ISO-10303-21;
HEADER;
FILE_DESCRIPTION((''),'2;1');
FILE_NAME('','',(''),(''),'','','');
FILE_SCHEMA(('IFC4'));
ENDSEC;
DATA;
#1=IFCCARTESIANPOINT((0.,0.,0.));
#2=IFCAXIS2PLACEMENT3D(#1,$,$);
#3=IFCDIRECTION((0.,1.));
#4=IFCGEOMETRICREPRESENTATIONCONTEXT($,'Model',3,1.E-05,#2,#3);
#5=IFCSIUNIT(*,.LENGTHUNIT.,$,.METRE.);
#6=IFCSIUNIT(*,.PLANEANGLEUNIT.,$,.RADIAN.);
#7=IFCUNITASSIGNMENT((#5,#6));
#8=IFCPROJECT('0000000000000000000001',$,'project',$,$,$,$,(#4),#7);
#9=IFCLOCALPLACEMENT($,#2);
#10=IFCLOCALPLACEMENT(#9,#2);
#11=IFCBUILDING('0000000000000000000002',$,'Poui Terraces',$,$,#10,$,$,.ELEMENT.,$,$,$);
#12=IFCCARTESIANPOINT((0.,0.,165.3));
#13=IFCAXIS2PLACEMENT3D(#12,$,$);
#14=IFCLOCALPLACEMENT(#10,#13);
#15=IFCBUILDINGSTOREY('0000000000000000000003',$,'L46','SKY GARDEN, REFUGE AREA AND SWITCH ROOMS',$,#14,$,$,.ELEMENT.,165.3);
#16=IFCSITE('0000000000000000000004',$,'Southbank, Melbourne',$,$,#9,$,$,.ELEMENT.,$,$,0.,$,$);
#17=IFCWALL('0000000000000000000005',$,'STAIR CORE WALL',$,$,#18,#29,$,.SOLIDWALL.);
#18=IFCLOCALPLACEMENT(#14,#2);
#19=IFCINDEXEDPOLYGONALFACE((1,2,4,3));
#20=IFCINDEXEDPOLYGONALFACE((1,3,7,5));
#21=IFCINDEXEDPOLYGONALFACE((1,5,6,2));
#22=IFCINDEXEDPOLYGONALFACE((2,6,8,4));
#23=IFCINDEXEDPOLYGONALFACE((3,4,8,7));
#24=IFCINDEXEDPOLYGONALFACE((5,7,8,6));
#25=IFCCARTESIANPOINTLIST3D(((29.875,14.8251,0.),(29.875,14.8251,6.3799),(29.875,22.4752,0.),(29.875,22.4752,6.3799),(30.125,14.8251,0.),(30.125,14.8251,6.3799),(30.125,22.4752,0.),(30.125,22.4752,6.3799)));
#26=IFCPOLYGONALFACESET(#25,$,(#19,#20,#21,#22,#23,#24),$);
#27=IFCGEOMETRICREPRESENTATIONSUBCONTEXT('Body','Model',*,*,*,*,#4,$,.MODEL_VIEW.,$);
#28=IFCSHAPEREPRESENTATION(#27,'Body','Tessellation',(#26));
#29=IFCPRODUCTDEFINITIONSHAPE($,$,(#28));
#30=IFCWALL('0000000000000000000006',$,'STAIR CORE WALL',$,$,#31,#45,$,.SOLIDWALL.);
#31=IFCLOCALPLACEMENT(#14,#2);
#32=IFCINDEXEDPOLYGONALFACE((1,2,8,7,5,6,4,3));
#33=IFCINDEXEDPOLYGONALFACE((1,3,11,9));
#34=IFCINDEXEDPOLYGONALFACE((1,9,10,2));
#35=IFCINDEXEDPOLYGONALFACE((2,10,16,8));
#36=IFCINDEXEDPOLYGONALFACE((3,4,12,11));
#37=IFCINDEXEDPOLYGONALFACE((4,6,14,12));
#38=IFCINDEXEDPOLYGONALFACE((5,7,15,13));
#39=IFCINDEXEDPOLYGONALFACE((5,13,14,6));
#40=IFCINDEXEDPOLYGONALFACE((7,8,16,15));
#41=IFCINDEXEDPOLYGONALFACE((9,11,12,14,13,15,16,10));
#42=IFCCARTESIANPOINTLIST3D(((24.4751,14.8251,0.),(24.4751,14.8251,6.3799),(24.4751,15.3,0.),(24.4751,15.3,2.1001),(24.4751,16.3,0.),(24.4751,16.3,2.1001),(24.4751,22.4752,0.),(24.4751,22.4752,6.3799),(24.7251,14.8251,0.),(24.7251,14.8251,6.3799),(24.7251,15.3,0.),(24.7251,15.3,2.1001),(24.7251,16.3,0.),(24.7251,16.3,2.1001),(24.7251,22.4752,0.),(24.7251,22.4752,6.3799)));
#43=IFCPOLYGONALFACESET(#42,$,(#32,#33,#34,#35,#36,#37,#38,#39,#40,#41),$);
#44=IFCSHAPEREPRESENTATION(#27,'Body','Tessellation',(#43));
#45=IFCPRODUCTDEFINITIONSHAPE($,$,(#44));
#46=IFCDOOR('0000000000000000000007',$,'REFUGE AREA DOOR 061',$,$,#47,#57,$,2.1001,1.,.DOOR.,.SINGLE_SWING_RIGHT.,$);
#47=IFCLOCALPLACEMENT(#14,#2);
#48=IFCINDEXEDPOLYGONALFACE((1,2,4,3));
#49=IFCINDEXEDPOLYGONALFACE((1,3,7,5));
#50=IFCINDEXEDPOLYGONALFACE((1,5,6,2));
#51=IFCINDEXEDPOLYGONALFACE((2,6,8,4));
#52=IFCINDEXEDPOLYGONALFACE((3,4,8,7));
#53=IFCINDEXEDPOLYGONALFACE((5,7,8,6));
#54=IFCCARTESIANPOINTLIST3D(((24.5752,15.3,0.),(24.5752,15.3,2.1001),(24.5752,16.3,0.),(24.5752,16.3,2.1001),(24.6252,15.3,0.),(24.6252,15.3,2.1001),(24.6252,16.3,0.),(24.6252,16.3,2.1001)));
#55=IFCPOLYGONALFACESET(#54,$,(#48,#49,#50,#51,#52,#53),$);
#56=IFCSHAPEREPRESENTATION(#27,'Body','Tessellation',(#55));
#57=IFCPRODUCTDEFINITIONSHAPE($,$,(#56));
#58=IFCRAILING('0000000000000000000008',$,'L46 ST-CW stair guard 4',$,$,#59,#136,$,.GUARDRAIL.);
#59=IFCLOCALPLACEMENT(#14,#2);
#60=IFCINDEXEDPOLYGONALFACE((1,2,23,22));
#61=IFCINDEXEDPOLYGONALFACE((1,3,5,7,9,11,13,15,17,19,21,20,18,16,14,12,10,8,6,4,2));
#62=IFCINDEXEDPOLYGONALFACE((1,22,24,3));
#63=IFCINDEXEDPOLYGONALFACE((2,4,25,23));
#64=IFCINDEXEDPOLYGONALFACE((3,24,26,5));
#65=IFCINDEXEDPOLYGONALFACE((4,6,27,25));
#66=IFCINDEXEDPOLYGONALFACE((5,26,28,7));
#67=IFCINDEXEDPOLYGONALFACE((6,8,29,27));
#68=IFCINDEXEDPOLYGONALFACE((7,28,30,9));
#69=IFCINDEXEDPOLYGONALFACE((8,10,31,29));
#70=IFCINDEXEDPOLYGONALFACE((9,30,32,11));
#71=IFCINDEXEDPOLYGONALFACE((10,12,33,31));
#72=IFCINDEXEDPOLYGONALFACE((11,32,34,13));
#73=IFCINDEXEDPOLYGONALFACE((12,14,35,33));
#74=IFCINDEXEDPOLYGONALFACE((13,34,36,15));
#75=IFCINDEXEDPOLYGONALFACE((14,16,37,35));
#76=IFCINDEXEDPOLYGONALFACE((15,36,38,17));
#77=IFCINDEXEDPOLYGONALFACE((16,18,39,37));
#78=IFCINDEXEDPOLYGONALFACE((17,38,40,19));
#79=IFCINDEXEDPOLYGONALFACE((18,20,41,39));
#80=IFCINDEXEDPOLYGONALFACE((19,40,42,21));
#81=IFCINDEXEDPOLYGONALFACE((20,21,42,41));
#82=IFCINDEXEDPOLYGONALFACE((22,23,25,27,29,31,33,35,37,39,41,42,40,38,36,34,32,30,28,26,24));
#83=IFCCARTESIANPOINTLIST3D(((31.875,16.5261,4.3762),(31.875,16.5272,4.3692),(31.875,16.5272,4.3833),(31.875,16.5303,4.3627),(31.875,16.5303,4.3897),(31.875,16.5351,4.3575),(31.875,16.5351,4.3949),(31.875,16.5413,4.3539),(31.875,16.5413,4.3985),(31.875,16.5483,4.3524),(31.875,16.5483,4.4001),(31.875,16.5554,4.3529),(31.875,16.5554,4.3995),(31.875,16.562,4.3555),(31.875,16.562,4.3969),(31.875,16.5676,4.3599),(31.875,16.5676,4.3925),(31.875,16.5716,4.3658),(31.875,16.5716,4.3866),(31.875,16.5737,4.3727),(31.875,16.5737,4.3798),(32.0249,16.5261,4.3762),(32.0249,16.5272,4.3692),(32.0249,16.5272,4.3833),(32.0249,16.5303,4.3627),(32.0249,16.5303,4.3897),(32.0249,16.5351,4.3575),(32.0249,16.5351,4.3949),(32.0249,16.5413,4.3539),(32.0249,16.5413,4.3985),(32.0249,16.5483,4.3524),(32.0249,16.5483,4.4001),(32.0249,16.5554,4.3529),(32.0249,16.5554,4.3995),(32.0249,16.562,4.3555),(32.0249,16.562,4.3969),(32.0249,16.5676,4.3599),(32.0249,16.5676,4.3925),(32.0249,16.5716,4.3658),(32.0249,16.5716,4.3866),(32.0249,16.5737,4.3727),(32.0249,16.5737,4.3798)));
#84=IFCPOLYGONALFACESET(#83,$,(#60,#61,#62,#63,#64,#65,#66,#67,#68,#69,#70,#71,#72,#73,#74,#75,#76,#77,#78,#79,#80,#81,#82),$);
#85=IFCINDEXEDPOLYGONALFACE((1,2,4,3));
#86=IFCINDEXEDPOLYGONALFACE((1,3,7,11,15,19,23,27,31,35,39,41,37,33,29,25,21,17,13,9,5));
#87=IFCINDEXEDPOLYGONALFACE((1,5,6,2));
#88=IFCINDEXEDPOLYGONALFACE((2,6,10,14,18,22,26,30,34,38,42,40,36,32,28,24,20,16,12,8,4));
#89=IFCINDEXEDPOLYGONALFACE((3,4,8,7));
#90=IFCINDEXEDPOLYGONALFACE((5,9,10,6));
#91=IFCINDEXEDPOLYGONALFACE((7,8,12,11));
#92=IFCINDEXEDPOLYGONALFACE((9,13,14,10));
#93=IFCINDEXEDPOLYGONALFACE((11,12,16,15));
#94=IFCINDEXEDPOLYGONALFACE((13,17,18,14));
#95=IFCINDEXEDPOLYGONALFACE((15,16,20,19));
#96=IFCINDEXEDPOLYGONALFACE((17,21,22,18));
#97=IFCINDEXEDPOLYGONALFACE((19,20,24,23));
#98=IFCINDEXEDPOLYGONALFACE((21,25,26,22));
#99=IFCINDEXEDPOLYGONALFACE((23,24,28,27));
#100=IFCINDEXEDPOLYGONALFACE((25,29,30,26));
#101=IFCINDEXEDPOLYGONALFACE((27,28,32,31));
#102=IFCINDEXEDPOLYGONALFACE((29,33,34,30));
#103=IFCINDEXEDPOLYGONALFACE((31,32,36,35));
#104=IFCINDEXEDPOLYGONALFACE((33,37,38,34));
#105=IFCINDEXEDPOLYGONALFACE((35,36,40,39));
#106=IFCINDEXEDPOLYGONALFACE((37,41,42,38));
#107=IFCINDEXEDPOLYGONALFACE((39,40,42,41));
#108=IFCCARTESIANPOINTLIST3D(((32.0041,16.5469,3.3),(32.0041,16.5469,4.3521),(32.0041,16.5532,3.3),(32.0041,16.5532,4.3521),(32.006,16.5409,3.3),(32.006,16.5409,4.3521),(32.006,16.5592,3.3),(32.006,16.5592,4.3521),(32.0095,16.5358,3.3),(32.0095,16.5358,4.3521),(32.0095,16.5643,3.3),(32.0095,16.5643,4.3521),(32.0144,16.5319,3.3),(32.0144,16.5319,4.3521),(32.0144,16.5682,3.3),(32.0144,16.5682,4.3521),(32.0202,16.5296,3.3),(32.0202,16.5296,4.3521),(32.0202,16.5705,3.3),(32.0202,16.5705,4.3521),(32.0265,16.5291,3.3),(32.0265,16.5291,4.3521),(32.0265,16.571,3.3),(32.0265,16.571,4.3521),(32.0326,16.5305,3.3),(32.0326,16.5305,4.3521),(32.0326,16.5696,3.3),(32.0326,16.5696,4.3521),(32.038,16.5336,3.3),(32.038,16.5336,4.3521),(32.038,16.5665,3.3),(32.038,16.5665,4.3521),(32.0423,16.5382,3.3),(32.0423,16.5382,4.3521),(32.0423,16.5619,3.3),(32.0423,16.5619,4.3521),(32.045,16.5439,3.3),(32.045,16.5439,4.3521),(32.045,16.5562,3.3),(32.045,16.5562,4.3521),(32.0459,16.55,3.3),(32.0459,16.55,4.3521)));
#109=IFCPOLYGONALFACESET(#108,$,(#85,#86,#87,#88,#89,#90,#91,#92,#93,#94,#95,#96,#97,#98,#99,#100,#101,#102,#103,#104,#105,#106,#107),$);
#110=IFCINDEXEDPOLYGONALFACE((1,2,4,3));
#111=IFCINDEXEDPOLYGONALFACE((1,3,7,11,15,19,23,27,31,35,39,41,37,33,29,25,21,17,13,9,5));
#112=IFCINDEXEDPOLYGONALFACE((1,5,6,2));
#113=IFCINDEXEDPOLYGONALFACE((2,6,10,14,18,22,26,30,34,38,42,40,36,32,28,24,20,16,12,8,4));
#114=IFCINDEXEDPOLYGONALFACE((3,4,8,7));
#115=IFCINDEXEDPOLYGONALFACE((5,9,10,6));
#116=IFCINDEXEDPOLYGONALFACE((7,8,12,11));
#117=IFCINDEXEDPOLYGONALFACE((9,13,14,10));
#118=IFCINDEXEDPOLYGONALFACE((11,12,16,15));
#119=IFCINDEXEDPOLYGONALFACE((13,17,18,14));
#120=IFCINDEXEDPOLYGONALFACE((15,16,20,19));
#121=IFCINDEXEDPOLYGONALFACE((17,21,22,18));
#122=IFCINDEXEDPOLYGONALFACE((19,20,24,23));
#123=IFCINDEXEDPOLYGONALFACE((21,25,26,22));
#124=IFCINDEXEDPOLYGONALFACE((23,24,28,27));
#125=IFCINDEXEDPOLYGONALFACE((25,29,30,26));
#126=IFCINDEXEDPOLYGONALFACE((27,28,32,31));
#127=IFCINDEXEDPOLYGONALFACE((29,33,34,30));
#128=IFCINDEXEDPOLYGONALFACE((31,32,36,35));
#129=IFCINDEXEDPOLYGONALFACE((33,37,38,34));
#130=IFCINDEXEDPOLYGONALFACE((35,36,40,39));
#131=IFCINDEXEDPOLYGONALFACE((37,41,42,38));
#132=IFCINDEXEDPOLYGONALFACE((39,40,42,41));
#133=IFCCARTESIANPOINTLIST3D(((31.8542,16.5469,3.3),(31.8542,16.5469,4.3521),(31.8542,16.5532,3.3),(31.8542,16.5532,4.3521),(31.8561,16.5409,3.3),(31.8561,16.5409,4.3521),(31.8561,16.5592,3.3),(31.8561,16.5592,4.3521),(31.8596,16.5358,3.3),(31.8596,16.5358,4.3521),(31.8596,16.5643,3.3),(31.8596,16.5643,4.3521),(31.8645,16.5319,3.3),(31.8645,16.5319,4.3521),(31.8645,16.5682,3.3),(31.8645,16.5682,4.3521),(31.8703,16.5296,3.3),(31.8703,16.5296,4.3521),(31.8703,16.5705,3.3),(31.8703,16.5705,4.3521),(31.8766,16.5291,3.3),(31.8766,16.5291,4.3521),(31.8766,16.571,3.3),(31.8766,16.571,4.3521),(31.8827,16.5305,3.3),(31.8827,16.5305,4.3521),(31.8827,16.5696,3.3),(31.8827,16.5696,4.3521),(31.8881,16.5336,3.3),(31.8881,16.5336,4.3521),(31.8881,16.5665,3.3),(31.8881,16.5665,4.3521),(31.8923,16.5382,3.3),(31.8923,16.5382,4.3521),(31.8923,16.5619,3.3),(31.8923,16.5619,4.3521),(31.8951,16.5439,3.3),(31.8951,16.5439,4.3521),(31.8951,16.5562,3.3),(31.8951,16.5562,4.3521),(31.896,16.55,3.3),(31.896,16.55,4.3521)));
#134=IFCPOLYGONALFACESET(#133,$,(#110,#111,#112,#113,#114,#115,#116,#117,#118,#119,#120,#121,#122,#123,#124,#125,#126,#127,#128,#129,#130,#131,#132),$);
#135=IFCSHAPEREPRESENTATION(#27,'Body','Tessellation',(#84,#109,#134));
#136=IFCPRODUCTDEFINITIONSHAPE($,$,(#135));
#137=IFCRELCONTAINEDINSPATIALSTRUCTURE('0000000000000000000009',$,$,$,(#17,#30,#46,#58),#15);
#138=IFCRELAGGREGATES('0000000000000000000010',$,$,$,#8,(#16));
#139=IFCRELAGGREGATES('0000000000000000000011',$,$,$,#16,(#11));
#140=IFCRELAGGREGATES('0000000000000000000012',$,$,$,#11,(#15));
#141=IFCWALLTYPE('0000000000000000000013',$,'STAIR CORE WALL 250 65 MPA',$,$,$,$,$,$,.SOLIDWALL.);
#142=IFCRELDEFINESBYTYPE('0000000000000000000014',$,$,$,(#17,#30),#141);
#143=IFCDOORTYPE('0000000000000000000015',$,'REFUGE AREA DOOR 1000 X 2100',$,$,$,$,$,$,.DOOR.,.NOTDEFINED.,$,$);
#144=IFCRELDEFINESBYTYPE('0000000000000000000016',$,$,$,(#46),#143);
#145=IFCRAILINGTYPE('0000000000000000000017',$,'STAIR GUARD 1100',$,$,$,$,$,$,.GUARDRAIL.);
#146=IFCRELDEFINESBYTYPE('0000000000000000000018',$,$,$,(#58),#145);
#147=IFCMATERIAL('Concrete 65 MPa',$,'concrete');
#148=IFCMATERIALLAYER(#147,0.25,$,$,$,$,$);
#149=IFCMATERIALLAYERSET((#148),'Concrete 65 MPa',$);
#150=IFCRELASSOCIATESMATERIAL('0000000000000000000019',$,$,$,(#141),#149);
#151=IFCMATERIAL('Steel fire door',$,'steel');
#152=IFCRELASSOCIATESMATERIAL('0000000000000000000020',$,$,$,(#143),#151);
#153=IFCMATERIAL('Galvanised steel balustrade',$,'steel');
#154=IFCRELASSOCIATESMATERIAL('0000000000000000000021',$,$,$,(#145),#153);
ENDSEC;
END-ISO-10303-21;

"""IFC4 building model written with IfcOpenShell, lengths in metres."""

from ifc_helpers import new_model, si_unit, direction, frame, frame_2d, origin, origin_2d, place, context, subcontext, project, spatial, rectangle, circle, extrude, material, layer, layer_set, type_object, element, fill, save


model = new_model("IFC4")

# Units and contexts
model_context = context("Model", 3, precision=1e-05, world=origin(), true_north=direction((0.0, 1.0)))
body_context = subcontext(model_context, "Body", "Model", "MODEL_VIEW")
ifc_project = project(units=[si_unit("LENGTHUNIT", "METRE"), si_unit("PLANEANGLEUNIT", "RADIAN")], contexts=[model_context])

# Site, building, storey
site_placement = place(None, origin())
site = spatial("IfcSite", under=ifc_project, at=site_placement, Name="Southbank, Melbourne", CompositionType="ELEMENT", RefElevation=0.0)
building_placement = place(site_placement, origin())
building = spatial("IfcBuilding", under=site, at=building_placement, Name="Poui Terraces", CompositionType="ELEMENT")
storey_placement = place(building_placement, frame((0.0, 0.0, 165.3)))
storey = spatial("IfcBuildingStorey", under=building, at=storey_placement, Name="L46", Description="SKY GARDEN, REFUGE AREA AND SWITCH ROOMS", CompositionType="ELEMENT", Elevation=165.3)

# Wall
ifc_material_1 = material(Name="Concrete 65 MPa", Category="concrete")
ifc_layer = layer(ifc_material_1, 0.25)
ifc_layer_set = layer_set([ifc_layer], Name="Concrete 65 MPa")
wall_type = type_object("IfcWallType", Name="STAIR CORE WALL 250 65 MPA", PredefinedType="SOLIDWALL", material=ifc_layer_set)
wall_1_placement = place(storey_placement, frame((30.0, 14.825, 0.0), z_axis=(0.0, 0.0, 1.0), x_axis=(0.0, 1.0, 0.0)))
element("IfcWall", 1, at=wall_1_placement, inside=storey, type_object=wall_type, Name="STAIR CORE WALL", PredefinedType="SOLIDWALL", context=body_context, shape_type="SweptSolid", body=[
    extrude(rectangle(XDim=7.6501, YDim=0.25, at=frame_2d((3.8252, 0.0))), origin(), (0.0, 0.0, 1.0), 6.3799),
])

# Wall, opening, door
wall_2_placement = place(storey_placement, frame((24.6001, 14.825, 0.0), z_axis=(0.0, 0.0, 1.0), x_axis=(0.0, 1.0, 0.0)))
wall_2 = element("IfcWall", 2, at=wall_2_placement, inside=storey, type_object=wall_type, Name="STAIR CORE WALL", PredefinedType="SOLIDWALL", context=body_context, shape_type="SweptSolid", body=[
    extrude(rectangle(XDim=7.6501, YDim=0.25, at=frame_2d((3.8252, 0.0))), origin(), (0.0, 0.0, 1.0), 6.3799),
])
opening_placement = place(wall_2_placement, frame((0.4751, 0.0, 0.0)))
opening = element("IfcOpeningElement", 3, at=opening_placement, cuts=wall_2, PredefinedType="OPENING", context=body_context, shape_type="SweptSolid", body=[
    extrude(rectangle(XDim=1.0, YDim=2.1001, at=frame_2d((0.5, 1.05))), frame((0.0, 0.135, 0.0), z_axis=(0.0, -1.0, 0.0), x_axis=(1.0, 0.0, 0.0)), (0.0, 0.0, 1.0), 0.27),
])
ifc_material_2 = material(Name="Steel fire door", Category="steel")
door_type = type_object("IfcDoorType", Name="REFUGE AREA DOOR 1000 X 2100", OperationType="NOTDEFINED", PredefinedType="DOOR", material=ifc_material_2)
door_placement = place(opening_placement, origin())
door = element("IfcDoor", 4, at=door_placement, inside=storey, type_object=door_type, Name="REFUGE AREA DOOR 061", OperationType="SINGLE_SWING_RIGHT", OverallHeight=2.1001, OverallWidth=1.0, PredefinedType="DOOR", context=body_context, shape_type="SweptSolid", body=[
    extrude(rectangle(XDim=1.0, YDim=2.1001, at=frame_2d((0.5, 1.05))), frame((0.0, 0.0249, 0.0), z_axis=(0.0, -1.0, 0.0), x_axis=(1.0, 0.0, 0.0)), (0.0, 0.0, 1.0), 0.05),
])
fill(opening, door)

# Railing
ifc_material_3 = material(Name="Galvanised steel balustrade", Category="steel")
railing_type = type_object("IfcRailingType", Name="STAIR GUARD 1100", PredefinedType="GUARDRAIL", material=ifc_material_3)
for number, where, name in (
    (5, (32.0249, 16.55, 3.3), "L46 ST-CW stair guard 4"),
):
    element("IfcRailing", number, at=place(storey_placement, frame(where)), inside=storey, type_object=railing_type, Name=name, PredefinedType="GUARDRAIL", context=body_context, shape_type="SweptSolid", body=[
        extrude(circle(Radius=0.0239, at=origin_2d()), frame((0.0, 0.0, 1.0762), z_axis=(-1.0, 0.0, 0.0), x_axis=(0.0, -1.0, 0.0)), (0.0, 0.0, 1.0), 0.1499),
        extrude(circle(Radius=0.021, at=origin_2d()), origin(), (0.0, 0.0, 1.0), 1.052),
        extrude(circle(Radius=0.021, at=origin_2d()), frame((-0.1499, 0.0, 0.0)), (0.0, 0.0, 1.0), 1.052),
    ])

save(model, "model.ifc")
